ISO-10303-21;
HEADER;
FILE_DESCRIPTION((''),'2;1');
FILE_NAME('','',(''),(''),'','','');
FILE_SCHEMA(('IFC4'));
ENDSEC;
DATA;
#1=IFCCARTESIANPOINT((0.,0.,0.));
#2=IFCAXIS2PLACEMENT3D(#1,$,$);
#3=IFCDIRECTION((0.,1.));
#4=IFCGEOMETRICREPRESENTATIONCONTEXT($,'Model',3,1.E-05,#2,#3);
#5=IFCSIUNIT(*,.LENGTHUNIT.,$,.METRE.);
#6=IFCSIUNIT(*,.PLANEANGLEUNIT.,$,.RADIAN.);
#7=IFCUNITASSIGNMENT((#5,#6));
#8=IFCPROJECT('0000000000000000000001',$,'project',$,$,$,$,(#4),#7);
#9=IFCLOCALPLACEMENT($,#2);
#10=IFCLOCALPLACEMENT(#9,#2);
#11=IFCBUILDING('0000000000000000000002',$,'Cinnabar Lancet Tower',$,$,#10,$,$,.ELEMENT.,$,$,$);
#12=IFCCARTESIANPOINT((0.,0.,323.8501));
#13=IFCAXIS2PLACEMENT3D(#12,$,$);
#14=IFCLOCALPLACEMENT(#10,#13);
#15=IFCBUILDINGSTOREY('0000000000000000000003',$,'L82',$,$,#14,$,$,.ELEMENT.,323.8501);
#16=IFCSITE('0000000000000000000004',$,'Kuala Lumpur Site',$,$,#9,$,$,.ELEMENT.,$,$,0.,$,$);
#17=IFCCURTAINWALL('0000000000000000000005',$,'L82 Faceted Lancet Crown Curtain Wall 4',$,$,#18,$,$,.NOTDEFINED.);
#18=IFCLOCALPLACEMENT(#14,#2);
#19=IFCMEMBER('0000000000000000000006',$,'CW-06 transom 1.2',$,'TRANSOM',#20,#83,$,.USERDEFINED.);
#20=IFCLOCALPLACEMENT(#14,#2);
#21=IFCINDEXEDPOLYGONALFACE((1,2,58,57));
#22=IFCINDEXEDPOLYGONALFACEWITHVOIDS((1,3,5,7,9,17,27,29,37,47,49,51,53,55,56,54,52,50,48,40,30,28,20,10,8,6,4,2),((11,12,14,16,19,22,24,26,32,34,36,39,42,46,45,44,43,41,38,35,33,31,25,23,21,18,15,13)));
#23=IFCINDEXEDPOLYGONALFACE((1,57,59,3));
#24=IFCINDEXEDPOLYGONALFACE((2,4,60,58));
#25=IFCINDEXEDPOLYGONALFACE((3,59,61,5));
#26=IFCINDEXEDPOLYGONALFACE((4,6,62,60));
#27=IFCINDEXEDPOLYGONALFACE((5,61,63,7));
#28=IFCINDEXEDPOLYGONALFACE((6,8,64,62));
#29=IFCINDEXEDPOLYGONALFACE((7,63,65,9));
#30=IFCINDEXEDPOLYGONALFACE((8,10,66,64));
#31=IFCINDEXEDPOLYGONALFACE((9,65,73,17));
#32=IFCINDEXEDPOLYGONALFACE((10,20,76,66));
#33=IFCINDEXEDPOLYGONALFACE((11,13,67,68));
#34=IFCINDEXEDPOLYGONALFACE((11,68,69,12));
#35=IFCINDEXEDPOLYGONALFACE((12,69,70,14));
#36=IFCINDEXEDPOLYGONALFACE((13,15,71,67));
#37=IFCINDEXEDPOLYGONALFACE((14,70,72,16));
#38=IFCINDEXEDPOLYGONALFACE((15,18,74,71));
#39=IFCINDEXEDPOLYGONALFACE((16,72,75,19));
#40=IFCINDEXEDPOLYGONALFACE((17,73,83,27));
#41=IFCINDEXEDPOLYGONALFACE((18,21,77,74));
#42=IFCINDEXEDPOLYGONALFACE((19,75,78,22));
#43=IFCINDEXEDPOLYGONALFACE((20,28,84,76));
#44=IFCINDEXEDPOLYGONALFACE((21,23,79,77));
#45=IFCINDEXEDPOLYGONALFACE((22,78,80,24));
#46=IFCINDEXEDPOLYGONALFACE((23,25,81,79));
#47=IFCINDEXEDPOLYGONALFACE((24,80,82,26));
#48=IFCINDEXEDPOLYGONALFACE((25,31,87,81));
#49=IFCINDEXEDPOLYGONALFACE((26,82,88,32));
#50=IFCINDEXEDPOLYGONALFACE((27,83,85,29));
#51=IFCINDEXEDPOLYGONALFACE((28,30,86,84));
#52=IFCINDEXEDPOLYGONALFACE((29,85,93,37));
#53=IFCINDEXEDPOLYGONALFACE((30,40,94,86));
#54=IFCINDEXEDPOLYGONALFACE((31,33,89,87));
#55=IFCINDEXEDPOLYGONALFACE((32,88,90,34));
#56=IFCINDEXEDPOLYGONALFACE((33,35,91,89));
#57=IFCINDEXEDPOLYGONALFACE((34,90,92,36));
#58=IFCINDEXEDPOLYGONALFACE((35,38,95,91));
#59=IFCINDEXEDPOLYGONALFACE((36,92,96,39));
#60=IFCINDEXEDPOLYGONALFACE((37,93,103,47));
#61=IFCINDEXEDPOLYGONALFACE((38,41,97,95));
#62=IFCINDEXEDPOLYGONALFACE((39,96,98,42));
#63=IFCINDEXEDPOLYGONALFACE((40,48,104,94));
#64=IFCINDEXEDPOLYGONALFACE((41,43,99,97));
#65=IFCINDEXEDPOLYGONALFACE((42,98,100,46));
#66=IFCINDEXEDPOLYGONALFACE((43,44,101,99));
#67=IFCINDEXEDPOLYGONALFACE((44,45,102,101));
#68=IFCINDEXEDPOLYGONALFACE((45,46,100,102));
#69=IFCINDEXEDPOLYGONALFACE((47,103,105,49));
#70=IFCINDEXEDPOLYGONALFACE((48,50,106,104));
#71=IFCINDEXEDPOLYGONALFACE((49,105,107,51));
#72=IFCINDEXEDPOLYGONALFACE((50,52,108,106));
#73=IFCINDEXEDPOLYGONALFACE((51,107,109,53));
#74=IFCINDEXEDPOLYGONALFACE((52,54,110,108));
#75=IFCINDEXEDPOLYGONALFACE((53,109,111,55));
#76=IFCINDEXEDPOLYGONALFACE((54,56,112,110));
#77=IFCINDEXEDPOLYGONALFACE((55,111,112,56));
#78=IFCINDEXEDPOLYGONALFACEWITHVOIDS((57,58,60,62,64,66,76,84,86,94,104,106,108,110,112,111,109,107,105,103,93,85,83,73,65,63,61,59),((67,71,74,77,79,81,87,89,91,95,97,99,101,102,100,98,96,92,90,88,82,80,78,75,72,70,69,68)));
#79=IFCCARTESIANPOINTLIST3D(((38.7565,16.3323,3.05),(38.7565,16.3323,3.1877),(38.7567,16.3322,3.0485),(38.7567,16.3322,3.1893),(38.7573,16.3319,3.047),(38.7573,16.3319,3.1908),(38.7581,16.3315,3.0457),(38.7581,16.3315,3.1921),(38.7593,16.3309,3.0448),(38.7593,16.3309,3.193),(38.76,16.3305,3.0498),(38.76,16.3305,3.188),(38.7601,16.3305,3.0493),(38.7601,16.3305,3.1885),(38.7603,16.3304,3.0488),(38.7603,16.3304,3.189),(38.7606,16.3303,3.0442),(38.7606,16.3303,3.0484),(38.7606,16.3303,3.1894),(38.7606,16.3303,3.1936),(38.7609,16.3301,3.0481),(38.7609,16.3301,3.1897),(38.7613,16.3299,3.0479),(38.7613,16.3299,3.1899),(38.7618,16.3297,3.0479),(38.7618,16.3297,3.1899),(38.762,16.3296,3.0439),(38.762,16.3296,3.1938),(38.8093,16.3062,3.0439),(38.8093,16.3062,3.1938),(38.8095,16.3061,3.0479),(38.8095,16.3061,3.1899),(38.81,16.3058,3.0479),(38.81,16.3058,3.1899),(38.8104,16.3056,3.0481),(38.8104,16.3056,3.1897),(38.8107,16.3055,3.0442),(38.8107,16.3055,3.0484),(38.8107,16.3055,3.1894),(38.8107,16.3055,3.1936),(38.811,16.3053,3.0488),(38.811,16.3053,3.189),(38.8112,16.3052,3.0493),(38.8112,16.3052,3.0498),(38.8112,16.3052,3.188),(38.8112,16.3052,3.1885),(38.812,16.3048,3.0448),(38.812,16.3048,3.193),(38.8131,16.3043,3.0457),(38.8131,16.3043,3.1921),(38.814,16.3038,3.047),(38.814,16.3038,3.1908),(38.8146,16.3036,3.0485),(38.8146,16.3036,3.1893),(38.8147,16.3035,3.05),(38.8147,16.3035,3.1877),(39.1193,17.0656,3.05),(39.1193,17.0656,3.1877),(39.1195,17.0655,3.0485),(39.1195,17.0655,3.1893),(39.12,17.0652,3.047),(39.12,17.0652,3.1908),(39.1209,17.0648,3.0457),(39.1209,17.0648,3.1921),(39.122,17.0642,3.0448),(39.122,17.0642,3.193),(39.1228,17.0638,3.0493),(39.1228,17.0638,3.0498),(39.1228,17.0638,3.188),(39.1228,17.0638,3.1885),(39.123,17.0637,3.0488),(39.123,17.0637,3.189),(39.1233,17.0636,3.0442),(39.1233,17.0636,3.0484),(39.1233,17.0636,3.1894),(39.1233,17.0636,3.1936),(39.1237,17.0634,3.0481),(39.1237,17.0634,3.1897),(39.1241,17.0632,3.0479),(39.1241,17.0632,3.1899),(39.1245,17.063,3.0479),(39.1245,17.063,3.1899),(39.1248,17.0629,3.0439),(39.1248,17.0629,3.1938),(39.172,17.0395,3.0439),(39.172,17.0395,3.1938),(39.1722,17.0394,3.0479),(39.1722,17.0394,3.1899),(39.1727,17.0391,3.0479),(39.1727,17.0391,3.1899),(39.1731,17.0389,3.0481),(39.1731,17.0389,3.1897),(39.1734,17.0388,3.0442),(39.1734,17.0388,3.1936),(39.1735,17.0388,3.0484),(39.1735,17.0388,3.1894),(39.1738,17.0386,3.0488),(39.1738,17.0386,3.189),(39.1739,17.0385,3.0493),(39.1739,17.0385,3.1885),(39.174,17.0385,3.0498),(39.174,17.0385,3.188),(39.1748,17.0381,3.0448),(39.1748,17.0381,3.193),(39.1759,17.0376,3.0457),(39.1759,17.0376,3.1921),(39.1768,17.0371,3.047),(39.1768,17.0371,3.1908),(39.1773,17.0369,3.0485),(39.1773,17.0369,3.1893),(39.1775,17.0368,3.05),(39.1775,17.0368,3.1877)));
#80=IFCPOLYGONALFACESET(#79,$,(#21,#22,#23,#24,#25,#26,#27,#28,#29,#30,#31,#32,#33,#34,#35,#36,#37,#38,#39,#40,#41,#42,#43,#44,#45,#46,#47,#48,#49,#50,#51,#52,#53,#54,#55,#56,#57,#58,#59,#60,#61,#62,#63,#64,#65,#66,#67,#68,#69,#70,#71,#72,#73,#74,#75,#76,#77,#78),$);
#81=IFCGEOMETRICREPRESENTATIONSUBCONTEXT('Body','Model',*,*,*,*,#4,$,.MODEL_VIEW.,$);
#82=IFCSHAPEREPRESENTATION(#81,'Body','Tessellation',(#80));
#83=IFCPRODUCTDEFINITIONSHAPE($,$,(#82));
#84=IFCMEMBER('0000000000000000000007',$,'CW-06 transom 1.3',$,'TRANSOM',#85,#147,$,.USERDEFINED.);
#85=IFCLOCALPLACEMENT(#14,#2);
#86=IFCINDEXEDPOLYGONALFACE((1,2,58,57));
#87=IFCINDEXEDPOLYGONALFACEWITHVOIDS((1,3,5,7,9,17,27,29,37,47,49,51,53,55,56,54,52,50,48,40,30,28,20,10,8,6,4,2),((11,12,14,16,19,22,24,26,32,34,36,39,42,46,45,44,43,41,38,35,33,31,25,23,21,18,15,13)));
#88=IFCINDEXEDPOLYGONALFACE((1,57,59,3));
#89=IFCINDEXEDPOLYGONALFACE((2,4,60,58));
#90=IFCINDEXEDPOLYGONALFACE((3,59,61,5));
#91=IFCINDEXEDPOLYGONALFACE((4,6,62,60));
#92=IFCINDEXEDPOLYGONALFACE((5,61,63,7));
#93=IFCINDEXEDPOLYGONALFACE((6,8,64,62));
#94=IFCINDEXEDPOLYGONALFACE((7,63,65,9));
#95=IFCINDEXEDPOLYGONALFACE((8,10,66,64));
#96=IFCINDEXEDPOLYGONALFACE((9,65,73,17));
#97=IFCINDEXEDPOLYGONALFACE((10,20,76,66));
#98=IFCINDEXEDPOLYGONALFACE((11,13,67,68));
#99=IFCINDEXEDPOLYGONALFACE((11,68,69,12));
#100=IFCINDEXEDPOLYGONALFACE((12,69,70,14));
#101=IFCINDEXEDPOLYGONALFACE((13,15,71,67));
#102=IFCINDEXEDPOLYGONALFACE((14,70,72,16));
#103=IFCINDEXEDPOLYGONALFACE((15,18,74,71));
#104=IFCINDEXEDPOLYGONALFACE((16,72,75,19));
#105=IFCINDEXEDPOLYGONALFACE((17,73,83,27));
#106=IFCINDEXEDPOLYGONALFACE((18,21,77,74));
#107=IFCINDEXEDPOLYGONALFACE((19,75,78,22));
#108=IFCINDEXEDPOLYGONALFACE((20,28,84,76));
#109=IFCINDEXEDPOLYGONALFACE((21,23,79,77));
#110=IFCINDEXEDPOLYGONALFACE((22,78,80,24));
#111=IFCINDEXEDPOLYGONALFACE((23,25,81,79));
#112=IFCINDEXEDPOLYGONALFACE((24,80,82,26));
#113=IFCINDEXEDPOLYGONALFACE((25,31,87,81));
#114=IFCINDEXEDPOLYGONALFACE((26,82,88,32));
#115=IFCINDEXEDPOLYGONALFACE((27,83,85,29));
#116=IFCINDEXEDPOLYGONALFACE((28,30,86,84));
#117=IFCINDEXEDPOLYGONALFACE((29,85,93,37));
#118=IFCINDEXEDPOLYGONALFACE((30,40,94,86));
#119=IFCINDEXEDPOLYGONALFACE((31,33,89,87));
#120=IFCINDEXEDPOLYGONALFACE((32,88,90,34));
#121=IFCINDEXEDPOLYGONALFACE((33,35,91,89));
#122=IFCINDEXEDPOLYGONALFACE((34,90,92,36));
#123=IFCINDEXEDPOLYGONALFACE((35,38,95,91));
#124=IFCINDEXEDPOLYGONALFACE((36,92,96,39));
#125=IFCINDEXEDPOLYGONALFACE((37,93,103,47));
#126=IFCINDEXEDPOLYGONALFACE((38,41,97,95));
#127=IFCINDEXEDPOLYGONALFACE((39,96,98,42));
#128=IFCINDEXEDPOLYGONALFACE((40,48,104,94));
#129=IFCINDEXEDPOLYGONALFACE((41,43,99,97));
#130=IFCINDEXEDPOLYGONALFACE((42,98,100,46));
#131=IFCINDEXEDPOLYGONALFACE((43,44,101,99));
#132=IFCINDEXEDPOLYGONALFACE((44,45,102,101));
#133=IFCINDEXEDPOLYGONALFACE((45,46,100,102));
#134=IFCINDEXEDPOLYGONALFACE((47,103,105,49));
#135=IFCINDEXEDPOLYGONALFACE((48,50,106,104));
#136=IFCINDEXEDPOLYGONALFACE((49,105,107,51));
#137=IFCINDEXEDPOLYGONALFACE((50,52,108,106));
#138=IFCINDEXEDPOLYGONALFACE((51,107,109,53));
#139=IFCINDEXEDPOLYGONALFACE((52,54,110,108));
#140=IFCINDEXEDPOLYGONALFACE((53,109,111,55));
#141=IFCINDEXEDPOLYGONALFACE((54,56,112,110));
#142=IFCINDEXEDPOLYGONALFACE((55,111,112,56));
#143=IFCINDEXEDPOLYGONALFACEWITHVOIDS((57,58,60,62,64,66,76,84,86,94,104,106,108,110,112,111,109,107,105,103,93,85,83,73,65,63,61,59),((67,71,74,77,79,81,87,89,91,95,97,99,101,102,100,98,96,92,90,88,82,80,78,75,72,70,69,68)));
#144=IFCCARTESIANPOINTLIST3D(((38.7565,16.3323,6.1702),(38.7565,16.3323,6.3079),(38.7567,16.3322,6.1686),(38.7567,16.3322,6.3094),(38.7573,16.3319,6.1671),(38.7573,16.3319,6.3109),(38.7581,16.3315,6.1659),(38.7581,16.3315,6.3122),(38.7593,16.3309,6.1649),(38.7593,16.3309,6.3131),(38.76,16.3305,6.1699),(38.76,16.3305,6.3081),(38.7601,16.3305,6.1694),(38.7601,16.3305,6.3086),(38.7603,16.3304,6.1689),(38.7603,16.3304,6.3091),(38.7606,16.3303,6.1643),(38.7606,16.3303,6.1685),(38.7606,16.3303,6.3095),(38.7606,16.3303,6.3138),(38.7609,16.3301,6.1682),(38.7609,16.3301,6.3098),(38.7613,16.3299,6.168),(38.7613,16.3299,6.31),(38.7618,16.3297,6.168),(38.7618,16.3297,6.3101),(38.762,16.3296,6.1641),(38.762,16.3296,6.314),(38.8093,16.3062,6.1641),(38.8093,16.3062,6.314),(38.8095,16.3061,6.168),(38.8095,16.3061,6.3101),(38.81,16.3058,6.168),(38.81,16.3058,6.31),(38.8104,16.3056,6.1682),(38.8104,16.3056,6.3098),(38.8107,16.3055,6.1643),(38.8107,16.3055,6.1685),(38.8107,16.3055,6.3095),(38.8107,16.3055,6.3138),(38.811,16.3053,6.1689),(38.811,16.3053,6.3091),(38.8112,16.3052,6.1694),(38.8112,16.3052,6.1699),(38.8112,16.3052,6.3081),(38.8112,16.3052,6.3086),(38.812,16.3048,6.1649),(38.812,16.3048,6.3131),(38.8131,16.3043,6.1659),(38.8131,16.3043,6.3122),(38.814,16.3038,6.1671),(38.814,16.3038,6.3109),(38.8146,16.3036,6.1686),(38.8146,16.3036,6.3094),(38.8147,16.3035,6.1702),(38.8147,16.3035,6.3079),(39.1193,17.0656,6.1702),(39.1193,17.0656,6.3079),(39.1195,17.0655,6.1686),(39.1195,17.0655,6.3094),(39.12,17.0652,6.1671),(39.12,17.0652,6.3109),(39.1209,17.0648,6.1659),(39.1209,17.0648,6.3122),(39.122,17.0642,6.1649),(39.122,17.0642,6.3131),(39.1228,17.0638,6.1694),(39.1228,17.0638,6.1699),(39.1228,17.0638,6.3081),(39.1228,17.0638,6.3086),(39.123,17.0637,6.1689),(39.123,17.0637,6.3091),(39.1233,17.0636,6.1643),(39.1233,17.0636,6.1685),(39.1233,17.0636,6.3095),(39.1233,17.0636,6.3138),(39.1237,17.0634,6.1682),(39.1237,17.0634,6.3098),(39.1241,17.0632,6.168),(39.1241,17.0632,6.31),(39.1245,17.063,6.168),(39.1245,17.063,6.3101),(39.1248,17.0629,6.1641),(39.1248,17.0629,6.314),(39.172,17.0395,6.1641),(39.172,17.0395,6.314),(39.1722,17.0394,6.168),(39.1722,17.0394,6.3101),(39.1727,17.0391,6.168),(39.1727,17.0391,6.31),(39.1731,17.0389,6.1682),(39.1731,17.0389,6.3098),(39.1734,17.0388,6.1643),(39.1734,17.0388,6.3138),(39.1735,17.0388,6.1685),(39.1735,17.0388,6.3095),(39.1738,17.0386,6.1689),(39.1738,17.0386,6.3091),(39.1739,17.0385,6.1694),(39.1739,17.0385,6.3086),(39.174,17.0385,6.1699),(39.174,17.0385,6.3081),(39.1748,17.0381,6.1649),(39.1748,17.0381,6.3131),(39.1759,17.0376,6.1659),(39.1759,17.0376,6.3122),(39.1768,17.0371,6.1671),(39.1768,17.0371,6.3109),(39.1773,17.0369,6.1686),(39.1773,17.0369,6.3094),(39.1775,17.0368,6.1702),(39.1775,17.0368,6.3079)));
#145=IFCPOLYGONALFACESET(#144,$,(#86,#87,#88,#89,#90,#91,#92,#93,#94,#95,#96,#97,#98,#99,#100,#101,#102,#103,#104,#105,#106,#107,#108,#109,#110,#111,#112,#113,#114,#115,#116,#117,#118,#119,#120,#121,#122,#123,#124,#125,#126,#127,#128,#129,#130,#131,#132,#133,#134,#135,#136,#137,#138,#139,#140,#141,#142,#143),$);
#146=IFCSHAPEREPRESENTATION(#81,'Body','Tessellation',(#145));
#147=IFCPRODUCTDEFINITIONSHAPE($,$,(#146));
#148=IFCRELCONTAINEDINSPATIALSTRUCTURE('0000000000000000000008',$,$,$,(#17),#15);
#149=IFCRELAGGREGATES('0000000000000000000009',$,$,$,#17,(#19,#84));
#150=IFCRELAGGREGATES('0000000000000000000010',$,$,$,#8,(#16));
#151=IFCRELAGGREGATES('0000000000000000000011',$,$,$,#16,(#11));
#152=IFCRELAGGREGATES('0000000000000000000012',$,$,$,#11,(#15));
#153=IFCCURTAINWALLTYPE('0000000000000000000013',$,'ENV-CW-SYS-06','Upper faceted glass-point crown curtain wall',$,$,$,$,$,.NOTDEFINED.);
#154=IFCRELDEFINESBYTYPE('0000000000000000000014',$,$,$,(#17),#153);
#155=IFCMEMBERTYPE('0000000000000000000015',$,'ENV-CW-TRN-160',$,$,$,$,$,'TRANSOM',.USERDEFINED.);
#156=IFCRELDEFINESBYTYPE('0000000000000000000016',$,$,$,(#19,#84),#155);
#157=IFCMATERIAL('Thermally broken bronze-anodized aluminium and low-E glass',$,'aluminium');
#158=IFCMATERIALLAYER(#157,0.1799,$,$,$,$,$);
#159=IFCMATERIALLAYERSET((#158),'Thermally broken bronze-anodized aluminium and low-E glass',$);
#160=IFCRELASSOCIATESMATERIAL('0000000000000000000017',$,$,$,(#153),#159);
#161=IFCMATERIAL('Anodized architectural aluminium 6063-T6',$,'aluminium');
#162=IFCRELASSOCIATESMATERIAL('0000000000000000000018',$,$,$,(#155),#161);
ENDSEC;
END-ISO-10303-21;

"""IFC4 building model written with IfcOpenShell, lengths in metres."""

from ifc_helpers import new_model, si_unit, direction, frame, origin, origin_2d, place, context, subcontext, project, spatial, hollow_rectangle, extrude, material, layer, layer_set, material_profile, profile_set, type_object, element, aggregate, save


model = new_model("IFC4")

# Units and contexts
model_context = context("Model", 3, precision=1e-05, world=origin(), true_north=direction((0.0, 1.0)))
body_context = subcontext(model_context, "Body", "Model", "MODEL_VIEW")
ifc_project = project(units=[si_unit("LENGTHUNIT", "METRE"), si_unit("PLANEANGLEUNIT", "RADIAN")], contexts=[model_context])

# Site, building, storey
site_placement = place(None, origin())
site = spatial("IfcSite", under=ifc_project, at=site_placement, Name="Kuala Lumpur Site", CompositionType="ELEMENT", RefElevation=0.0)
building_placement = place(site_placement, origin())
building = spatial("IfcBuilding", under=site, at=building_placement, Name="Cinnabar Lancet Tower", CompositionType="ELEMENT")
storey_placement = place(building_placement, frame((0.0, 0.0, 323.8501)))
storey = spatial("IfcBuildingStorey", under=building, at=storey_placement, Name="L82", CompositionType="ELEMENT", Elevation=323.8501)

# Curtain wall
ifc_material_1 = material(Name="Thermally broken bronze-anodized aluminium and low-E glass", Category="aluminium")
ifc_layer_1 = layer(ifc_material_1, 0.1799)
ifc_layer_set_1 = layer_set([ifc_layer_1], Name="Thermally broken bronze-anodized aluminium and low-E glass")
curtain_wall_type = type_object("IfcCurtainWallType", Name="ENV-CW-SYS-06", Description="Upper faceted glass-point crown curtain wall", PredefinedType="NOTDEFINED", material=ifc_layer_set_1)
curtain_wall_1_placement = place(storey_placement, origin())
curtain_wall_1 = element("IfcCurtainWall", 1, at=curtain_wall_1_placement, inside=storey, type_object=curtain_wall_type, Name="L82 Faceted Lancet Crown Curtain Wall 4", PredefinedType="NOTDEFINED")

# Members
ifc_material_2 = material(Name="Anodized architectural aluminium 6063-T6", Category="aluminium")
ifc_material_profile_1 = material_profile(ifc_material_2, hollow_rectangle(XDim=0.0649, YDim=0.1499, WallThickness=0.0039, InnerFilletRadius=0.002, OuterFilletRadius=0.0061, at=origin_2d()), Name="CW-TRN 150x65x4")
ifc_profile_set_1 = profile_set([ifc_material_profile_1], Name="Anodized architectural aluminium 6063-T6")
member_type_1 = type_object("IfcMemberType", Name="ENV-CW-TRN-160", ElementType="TRANSOM", PredefinedType="USERDEFINED", material=ifc_profile_set_1)
member_1_placement = place(storey_placement, frame((38.7856, 16.3179, 3.1189), z_axis=(0.44339, 0.896329, 0.0), x_axis=(-0.896329, 0.44339, 0.0)))
member_1 = element("IfcMember", 2, at=member_1_placement, type_object=member_type_1, Name="CW-06 transom 1.2", ObjectType="TRANSOM", PredefinedType="USERDEFINED", context=body_context, shape_type="SweptSolid", body=[
    extrude(hollow_rectangle(XDim=0.0649, YDim=0.1499, WallThickness=0.0039, InnerFilletRadius=0.002, OuterFilletRadius=0.0061, at=origin_2d()), origin(), (0.0, 0.0, 1.0), 0.8181),
])
member_2_placement = place(storey_placement, frame((38.7856, 16.3179, 6.239), z_axis=(0.44339, 0.896329, 0.0), x_axis=(-0.896329, 0.44339, 0.0)))
member_2 = element("IfcMember", 3, at=member_2_placement, type_object=member_type_1, Name="CW-06 transom 1.3", ObjectType="TRANSOM", PredefinedType="USERDEFINED", context=body_context, shape_type="SweptSolid", body=[
    extrude(hollow_rectangle(XDim=0.0649, YDim=0.1499, WallThickness=0.0039, InnerFilletRadius=0.002, OuterFilletRadius=0.0061, at=origin_2d()), origin(), (0.0, 0.0, 1.0), 0.8181),
])

aggregate(curtain_wall_1, [member_1, member_2])

save(model, "model.ifc")
